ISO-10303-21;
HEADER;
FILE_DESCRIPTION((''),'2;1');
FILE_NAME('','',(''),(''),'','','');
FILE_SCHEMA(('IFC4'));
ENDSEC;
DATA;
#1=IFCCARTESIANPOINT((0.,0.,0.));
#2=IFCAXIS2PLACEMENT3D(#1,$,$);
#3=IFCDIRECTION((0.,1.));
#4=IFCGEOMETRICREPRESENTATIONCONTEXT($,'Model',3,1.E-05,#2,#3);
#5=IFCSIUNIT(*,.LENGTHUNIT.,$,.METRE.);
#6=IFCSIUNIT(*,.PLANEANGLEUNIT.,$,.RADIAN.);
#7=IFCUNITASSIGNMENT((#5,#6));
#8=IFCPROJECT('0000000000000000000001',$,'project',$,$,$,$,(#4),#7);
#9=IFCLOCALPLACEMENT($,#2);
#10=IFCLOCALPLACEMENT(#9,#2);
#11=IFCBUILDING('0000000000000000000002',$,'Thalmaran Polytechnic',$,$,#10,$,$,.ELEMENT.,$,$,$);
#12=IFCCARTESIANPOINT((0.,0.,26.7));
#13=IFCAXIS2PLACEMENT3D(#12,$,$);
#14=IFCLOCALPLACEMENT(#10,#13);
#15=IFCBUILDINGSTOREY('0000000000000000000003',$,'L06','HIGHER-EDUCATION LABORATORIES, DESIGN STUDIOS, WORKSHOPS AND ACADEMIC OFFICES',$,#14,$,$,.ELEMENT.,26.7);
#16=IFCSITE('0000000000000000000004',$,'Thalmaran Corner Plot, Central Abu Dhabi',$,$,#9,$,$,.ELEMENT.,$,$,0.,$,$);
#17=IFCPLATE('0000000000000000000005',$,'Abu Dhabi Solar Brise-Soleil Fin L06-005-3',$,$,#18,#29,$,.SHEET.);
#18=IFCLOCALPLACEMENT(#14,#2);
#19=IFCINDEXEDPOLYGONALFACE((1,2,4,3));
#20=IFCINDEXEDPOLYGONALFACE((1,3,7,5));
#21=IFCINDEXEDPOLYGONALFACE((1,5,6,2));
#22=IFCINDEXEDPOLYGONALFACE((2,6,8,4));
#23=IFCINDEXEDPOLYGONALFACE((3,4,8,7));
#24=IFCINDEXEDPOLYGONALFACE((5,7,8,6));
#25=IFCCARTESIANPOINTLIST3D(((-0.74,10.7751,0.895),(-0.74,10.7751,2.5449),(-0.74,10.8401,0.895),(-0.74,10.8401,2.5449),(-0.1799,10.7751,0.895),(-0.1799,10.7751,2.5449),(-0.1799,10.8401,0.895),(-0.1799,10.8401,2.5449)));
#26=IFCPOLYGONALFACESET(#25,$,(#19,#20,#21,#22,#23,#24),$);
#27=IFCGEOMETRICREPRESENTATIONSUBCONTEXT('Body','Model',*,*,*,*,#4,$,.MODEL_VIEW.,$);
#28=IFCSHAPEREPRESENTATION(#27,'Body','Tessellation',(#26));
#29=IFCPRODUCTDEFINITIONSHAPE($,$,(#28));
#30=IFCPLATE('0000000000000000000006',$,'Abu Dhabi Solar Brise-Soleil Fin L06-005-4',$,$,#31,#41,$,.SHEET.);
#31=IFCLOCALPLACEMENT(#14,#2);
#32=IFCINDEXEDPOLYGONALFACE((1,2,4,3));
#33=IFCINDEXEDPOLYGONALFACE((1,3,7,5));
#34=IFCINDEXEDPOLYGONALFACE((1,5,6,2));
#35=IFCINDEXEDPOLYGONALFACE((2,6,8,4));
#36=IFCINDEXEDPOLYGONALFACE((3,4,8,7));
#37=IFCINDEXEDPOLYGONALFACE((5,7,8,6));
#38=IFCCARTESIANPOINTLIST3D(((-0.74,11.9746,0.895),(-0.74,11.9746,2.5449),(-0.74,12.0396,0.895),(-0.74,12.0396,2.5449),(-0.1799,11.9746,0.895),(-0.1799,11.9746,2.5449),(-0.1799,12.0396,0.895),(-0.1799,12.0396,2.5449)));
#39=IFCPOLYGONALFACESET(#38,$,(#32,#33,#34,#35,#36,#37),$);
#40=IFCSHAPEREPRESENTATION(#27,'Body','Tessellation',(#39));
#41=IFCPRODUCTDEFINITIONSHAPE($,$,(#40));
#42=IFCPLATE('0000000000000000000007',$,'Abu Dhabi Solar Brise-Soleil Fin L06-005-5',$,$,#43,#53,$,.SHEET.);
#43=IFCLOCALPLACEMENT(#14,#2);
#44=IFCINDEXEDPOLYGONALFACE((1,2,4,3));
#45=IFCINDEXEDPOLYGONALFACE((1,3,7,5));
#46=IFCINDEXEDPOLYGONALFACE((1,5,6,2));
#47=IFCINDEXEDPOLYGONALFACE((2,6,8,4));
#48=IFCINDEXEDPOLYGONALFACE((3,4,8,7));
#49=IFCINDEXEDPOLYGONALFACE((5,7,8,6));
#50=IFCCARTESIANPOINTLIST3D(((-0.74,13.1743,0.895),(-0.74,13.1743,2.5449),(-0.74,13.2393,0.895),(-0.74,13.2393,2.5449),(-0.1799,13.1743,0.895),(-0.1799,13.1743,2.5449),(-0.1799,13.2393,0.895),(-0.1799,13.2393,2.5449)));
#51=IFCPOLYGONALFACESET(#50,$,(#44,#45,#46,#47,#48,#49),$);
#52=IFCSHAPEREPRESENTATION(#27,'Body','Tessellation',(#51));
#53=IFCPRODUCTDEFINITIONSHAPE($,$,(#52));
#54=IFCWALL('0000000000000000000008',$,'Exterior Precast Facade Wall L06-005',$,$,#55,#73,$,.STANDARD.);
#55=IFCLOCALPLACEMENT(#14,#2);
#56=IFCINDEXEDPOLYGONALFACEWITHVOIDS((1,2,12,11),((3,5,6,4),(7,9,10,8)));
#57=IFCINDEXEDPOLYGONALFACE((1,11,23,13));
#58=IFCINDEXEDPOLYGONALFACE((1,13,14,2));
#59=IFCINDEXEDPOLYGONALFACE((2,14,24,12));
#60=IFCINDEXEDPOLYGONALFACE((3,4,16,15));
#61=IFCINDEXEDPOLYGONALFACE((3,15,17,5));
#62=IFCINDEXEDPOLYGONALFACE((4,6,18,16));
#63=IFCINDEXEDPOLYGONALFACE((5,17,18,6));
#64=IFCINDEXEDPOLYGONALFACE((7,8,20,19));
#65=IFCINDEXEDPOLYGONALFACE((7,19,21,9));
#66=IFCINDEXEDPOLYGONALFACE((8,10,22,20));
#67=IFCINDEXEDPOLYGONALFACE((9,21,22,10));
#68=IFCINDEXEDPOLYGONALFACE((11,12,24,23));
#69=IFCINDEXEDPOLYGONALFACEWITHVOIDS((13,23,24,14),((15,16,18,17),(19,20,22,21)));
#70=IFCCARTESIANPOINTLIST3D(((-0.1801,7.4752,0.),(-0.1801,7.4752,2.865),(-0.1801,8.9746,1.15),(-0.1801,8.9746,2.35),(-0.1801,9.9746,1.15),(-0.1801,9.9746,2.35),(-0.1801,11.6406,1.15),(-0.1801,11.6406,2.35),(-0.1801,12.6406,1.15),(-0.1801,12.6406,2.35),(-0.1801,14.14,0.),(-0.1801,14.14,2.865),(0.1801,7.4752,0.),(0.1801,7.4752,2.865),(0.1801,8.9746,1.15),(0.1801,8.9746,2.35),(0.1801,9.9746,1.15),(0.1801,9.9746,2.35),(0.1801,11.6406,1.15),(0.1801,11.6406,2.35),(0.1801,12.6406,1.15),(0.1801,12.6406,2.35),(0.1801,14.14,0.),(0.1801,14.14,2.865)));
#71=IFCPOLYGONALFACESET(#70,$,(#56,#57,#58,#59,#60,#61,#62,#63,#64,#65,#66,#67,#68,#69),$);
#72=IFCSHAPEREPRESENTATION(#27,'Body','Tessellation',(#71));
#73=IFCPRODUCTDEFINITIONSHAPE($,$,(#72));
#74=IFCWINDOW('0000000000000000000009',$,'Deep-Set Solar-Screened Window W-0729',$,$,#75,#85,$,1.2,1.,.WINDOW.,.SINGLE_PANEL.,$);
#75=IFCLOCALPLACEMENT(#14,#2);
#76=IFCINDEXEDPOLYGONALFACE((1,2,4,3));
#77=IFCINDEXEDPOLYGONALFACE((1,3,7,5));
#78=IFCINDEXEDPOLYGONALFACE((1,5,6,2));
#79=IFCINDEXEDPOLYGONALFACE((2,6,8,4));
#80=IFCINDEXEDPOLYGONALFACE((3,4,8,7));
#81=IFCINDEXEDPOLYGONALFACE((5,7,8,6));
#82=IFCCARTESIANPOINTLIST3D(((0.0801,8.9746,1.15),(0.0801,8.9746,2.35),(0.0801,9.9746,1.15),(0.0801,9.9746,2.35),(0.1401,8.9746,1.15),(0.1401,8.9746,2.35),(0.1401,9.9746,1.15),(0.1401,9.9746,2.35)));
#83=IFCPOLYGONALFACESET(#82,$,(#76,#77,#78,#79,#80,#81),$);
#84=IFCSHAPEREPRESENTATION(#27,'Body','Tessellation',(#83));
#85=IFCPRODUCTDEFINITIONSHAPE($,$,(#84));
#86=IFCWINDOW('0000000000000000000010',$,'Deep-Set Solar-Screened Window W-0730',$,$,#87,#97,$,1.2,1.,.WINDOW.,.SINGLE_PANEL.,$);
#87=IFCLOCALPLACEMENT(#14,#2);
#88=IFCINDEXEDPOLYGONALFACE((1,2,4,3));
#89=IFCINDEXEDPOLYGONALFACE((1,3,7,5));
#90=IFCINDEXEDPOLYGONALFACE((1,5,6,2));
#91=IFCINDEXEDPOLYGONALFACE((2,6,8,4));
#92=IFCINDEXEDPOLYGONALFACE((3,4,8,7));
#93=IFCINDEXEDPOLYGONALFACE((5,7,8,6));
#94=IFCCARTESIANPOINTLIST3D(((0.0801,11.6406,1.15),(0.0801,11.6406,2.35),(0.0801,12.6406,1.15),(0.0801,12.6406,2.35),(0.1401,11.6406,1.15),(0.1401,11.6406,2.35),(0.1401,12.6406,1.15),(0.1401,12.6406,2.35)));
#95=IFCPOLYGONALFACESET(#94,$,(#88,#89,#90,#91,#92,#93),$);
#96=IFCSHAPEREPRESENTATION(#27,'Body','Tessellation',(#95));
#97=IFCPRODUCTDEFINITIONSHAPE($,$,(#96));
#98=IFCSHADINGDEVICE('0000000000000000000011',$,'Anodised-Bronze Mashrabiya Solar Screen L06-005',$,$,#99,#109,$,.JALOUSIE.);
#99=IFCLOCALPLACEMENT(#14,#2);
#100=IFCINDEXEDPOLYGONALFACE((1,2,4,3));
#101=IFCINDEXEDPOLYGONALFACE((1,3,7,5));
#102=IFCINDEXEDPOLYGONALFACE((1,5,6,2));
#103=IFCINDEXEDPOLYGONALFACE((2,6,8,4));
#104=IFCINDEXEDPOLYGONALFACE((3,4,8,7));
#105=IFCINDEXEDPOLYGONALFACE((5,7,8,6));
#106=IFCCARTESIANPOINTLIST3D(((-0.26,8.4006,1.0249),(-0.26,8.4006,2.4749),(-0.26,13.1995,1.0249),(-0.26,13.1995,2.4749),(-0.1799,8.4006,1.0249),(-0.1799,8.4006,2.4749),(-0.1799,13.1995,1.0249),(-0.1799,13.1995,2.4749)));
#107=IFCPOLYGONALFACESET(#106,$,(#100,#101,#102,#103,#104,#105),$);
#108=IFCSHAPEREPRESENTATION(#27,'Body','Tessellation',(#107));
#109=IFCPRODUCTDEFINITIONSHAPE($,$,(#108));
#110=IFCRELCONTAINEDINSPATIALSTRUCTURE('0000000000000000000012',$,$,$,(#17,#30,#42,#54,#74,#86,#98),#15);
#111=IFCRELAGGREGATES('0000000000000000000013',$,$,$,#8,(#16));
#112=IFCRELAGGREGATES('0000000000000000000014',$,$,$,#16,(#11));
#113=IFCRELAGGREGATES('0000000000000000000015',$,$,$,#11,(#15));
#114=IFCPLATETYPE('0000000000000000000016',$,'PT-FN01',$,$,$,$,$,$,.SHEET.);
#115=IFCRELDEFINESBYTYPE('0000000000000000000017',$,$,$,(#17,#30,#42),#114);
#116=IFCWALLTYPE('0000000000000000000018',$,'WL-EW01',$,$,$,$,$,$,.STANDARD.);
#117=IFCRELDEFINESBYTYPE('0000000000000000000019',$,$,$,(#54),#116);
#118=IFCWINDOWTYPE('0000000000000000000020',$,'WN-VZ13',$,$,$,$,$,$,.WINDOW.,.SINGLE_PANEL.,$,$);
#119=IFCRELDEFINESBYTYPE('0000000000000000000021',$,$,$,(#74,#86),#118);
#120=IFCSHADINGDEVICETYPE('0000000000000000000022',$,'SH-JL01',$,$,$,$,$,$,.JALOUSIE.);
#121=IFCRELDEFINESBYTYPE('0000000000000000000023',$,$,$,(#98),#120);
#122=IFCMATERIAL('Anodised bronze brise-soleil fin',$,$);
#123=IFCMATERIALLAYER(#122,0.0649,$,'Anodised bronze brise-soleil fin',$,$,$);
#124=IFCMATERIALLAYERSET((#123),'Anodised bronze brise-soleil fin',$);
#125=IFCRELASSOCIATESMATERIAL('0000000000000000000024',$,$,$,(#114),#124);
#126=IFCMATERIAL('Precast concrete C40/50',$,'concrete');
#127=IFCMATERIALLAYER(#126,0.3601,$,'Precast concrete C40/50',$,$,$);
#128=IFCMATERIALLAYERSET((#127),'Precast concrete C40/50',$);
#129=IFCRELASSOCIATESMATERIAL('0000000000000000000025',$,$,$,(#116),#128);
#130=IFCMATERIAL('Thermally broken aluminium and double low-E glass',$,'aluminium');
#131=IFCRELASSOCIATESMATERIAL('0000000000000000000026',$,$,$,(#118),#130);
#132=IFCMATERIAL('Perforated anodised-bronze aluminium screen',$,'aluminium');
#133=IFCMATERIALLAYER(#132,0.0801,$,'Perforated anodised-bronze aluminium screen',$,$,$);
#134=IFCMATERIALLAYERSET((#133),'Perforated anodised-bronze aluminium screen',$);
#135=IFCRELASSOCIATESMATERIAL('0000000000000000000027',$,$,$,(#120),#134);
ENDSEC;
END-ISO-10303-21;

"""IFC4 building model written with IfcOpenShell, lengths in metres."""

from ifc_helpers import new_model, si_unit, direction, frame, frame_2d, origin, origin_2d, place, context, subcontext, project, spatial, rectangle, extrude, material, layer, layer_set, type_object, element, fill, save


model = new_model("IFC4")

# Units and contexts
model_context = context("Model", 3, precision=1e-05, world=origin(), true_north=direction((0.0, 1.0)))
body_context = subcontext(model_context, "Body", "Model", "MODEL_VIEW")
ifc_project = project(units=[si_unit("LENGTHUNIT", "METRE"), si_unit("PLANEANGLEUNIT", "RADIAN")], contexts=[model_context])

# Site, building, storey
site_placement = place(None, origin())
site = spatial("IfcSite", under=ifc_project, at=site_placement, Name="Thalmaran Corner Plot, Central Abu Dhabi", CompositionType="ELEMENT", RefElevation=0.0)
building_placement = place(site_placement, origin())
building = spatial("IfcBuilding", under=site, at=building_placement, Name="Thalmaran Polytechnic", CompositionType="ELEMENT")
storey_placement = place(building_placement, frame((0.0, 0.0, 26.7)))
storey = spatial("IfcBuildingStorey", under=building, at=storey_placement, Name="L06", Description="HIGHER-EDUCATION LABORATORIES, DESIGN STUDIOS, WORKSHOPS AND ACADEMIC OFFICES", CompositionType="ELEMENT", Elevation=26.7)

# Plates
ifc_material_1 = material(Name="Anodised bronze brise-soleil fin")
ifc_layer_1 = layer(ifc_material_1, 0.0649, Name="Anodised bronze brise-soleil fin")
ifc_layer_set_1 = layer_set([ifc_layer_1], Name="Anodised bronze brise-soleil fin")
plate_type_1 = type_object("IfcPlateType", Name="PT-FN01", PredefinedType="SHEET", material=ifc_layer_set_1)
for number, where, z_axis, x_axis, name in (
    (1, (-0.46, 10.8076, 0.895), (0.0, 0.0, 1.0), (0.0, 1.0, 0.0), "Abu Dhabi Solar Brise-Soleil Fin L06-005-3"),
    (2, (-0.46, 12.0071, 0.895), (0.0, 0.0, 1.0), (0.0, 1.0, 0.0), "Abu Dhabi Solar Brise-Soleil Fin L06-005-4"),
    (3, (-0.46, 13.2068, 0.895), (0.0, 0.0, 1.0), (0.0, 1.0, 0.0), "Abu Dhabi Solar Brise-Soleil Fin L06-005-5"),
):
    element("IfcPlate", number, at=place(storey_placement, frame(where, z_axis=z_axis, x_axis=x_axis)), inside=storey, type_object=plate_type_1, Name=name, PredefinedType="SHEET", context=body_context, shape_type="SweptSolid", body=[
        extrude(rectangle(XDim=0.0649, YDim=0.5601, at=origin_2d()), origin(), (0.0, 0.0, 1.0), 1.6499),
    ])

# Wall, openings, windows
ifc_material_2 = material(Name="Precast concrete C40/50", Category="concrete")
ifc_layer_2 = layer(ifc_material_2, 0.3601, Name="Precast concrete C40/50")
ifc_layer_set_2 = layer_set([ifc_layer_2], Name="Precast concrete C40/50")
wall_type = type_object("IfcWallType", Name="WL-EW01", PredefinedType="STANDARD", material=ifc_layer_set_2)
wall_placement = place(storey_placement, frame((0.0, 7.4751, 0.0), z_axis=(0.0, 0.0, 1.0), x_axis=(0.0, 1.0, 0.0)))
wall = element("IfcWall", 4, at=wall_placement, inside=storey, type_object=wall_type, Name="Exterior Precast Facade Wall L06-005", PredefinedType="STANDARD", context=body_context, shape_type="SweptSolid", body=[
    extrude(rectangle(XDim=6.6648, YDim=0.3601, at=frame_2d((3.3325, 0.0))), origin(), (0.0, 0.0, 1.0), 2.865),
])
opening_1_placement = place(wall_placement, frame((1.4995, 0.0, 1.1499)))
opening_1 = element("IfcOpeningElement", 5, at=opening_1_placement, cuts=wall, PredefinedType="OPENING", context=body_context, shape_type="SweptSolid", body=[
    extrude(rectangle(XDim=1.0, YDim=1.2, at=frame_2d((0.5, 0.6001))), frame((0.0, 0.1899, 0.0), z_axis=(0.0, -1.0, 0.0), x_axis=(1.0, 0.0, 0.0)), (0.0, 0.0, 1.0), 0.3801),
])
opening_2_placement = place(wall_placement, frame((4.1655, 0.0, 1.1499)))
opening_2 = element("IfcOpeningElement", 6, at=opening_2_placement, cuts=wall, PredefinedType="OPENING", context=body_context, shape_type="SweptSolid", body=[
    extrude(rectangle(XDim=1.0, YDim=1.2, at=frame_2d((0.5, 0.6001))), frame((0.0, 0.1899, 0.0), z_axis=(0.0, -1.0, 0.0), x_axis=(1.0, 0.0, 0.0)), (0.0, 0.0, 1.0), 0.3801),
])
ifc_material_3 = material(Name="Thermally broken aluminium and double low-E glass", Category="aluminium")
window_type = type_object("IfcWindowType", Name="WN-VZ13", PartitioningType="SINGLE_PANEL", PredefinedType="WINDOW", material=ifc_material_3)
window_1_placement = place(opening_1_placement, origin())
window_1 = element("IfcWindow", 7, at=window_1_placement, inside=storey, type_object=window_type, Name="Deep-Set Solar-Screened Window W-0729", OverallHeight=1.2, OverallWidth=1.0, PartitioningType="SINGLE_PANEL", PredefinedType="WINDOW", context=body_context, shape_type="SweptSolid", body=[
    extrude(rectangle(XDim=1.0, YDim=1.2, at=frame_2d((0.5, 0.6001))), frame((0.0, -0.0801, 0.0), z_axis=(0.0, -1.0, 0.0), x_axis=(1.0, 0.0, 0.0)), (0.0, 0.0, 1.0), 0.0601),
])
fill(opening_1, window_1)
window_2_placement = place(opening_2_placement, origin())
window_2 = element("IfcWindow", 8, at=window_2_placement, inside=storey, type_object=window_type, Name="Deep-Set Solar-Screened Window W-0730", OverallHeight=1.2, OverallWidth=1.0, PartitioningType="SINGLE_PANEL", PredefinedType="WINDOW", context=body_context, shape_type="SweptSolid", body=[
    extrude(rectangle(XDim=1.0, YDim=1.2, at=frame_2d((0.5, 0.6001))), frame((0.0, -0.0801, 0.0), z_axis=(0.0, -1.0, 0.0), x_axis=(1.0, 0.0, 0.0)), (0.0, 0.0, 1.0), 0.0601),
])
fill(opening_2, window_2)

# Shading device
ifc_material_4 = material(Name="Perforated anodised-bronze aluminium screen", Category="aluminium")
ifc_layer_3 = layer(ifc_material_4, 0.0801, Name="Perforated anodised-bronze aluminium screen")
ifc_layer_set_3 = layer_set([ifc_layer_3], Name="Perforated anodised-bronze aluminium screen")
shading_device_type = type_object("IfcShadingDeviceType", Name="SH-JL01", PredefinedType="JALOUSIE", material=ifc_layer_set_3)
shading_device_placement = place(storey_placement, frame((-0.22, 10.8, 1.0249), z_axis=(0.0, 0.0, 1.0), x_axis=(0.0, 1.0, 0.0)))
element("IfcShadingDevice", 9, at=shading_device_placement, inside=storey, type_object=shading_device_type, Name="Anodised-Bronze Mashrabiya Solar Screen L06-005", PredefinedType="JALOUSIE", context=body_context, shape_type="SweptSolid", body=[
    extrude(rectangle(XDim=4.7988, YDim=0.0801, at=origin_2d()), origin(), (0.0, 0.0, 1.0), 1.45),
])

save(model, "model.ifc")
